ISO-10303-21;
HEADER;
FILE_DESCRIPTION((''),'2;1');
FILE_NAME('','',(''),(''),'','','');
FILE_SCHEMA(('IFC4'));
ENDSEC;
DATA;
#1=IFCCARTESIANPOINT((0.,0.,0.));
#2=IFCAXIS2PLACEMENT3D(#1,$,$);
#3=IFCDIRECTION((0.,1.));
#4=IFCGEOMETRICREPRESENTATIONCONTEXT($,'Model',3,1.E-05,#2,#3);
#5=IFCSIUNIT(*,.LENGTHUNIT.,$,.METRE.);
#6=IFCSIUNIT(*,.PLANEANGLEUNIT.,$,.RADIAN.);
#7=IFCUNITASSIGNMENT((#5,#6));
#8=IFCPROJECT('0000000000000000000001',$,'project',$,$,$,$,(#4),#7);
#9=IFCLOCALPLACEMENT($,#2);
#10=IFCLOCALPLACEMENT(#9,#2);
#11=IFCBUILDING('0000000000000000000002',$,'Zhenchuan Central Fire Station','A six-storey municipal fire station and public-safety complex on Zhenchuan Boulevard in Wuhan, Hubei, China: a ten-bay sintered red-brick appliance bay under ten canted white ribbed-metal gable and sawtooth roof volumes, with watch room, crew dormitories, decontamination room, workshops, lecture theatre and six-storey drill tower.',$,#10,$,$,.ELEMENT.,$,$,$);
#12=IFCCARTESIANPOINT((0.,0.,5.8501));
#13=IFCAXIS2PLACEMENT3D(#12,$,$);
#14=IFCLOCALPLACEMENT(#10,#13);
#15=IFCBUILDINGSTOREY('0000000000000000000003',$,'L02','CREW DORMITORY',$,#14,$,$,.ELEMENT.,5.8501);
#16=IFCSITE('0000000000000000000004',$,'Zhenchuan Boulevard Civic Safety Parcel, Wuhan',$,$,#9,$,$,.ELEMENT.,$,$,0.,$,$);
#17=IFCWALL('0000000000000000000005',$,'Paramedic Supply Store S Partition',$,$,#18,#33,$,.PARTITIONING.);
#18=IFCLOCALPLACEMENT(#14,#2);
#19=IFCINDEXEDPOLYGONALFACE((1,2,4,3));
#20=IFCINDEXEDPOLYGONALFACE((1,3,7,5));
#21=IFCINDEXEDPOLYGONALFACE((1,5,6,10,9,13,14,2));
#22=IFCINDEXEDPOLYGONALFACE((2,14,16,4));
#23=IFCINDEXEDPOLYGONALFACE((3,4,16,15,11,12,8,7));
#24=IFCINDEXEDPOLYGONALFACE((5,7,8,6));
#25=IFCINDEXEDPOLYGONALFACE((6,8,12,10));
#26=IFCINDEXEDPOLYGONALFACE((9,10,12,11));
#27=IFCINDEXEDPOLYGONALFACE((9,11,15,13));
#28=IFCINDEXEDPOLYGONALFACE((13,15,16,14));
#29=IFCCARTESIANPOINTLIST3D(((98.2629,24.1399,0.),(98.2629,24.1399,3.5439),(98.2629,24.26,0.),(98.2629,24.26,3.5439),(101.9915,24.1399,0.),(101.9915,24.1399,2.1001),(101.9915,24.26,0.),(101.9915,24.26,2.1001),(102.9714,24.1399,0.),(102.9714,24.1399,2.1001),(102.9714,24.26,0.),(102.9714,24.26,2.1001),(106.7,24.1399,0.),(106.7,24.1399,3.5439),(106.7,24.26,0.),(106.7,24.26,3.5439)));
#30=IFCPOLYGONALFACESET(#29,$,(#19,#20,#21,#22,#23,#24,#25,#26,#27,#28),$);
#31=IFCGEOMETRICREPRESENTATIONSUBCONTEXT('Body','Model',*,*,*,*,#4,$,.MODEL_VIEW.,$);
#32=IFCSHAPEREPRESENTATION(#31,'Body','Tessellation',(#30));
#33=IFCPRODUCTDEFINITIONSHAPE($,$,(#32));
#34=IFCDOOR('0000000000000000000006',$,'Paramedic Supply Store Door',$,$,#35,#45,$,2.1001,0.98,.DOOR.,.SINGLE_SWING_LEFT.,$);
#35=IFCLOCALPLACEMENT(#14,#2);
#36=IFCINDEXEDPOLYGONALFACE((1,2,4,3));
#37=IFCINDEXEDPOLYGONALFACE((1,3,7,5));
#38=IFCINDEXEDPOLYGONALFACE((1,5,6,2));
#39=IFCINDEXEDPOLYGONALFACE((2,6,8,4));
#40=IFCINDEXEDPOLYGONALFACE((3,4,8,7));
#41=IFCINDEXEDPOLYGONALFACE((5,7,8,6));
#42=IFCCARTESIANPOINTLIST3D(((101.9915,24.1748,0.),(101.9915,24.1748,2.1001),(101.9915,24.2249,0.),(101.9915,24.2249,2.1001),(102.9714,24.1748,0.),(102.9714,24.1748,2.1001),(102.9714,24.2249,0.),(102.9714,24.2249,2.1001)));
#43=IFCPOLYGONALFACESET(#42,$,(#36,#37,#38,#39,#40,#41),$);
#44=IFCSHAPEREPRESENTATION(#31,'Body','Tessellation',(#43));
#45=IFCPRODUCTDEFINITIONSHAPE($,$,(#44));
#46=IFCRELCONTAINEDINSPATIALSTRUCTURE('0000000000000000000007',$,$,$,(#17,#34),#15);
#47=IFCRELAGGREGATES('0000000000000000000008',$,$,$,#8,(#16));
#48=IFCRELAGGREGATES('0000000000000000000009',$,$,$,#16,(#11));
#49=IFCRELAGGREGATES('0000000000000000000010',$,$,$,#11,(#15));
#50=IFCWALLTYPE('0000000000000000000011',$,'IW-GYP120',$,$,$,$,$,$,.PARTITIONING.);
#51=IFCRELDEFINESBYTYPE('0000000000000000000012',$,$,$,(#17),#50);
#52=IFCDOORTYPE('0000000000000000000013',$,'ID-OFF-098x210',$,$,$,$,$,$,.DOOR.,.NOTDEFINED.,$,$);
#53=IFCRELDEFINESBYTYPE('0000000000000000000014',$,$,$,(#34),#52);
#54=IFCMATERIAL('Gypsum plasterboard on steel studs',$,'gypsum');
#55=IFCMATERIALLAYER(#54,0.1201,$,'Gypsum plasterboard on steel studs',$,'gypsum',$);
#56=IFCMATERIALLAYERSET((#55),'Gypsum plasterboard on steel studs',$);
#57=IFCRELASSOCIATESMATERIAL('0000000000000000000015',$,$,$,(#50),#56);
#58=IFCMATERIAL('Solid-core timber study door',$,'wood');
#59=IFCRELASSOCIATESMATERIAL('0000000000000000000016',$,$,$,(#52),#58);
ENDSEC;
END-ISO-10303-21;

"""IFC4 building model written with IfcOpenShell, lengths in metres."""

from ifc_helpers import new_model, si_unit, direction, frame, frame_2d, origin, place, context, subcontext, project, spatial, rectangle, extrude, material, layer, layer_set, type_object, element, fill, save


model = new_model("IFC4")

# Units and contexts
model_context = context("Model", 3, precision=1e-05, world=origin(), true_north=direction((0.0, 1.0)))
body_context = subcontext(model_context, "Body", "Model", "MODEL_VIEW")
ifc_project = project(units=[si_unit("LENGTHUNIT", "METRE"), si_unit("PLANEANGLEUNIT", "RADIAN")], contexts=[model_context])

# Site, building, storey
site_placement = place(None, origin())
site = spatial("IfcSite", under=ifc_project, at=site_placement, Name="Zhenchuan Boulevard Civic Safety Parcel, Wuhan", CompositionType="ELEMENT", RefElevation=0.0)
building_placement = place(site_placement, origin())
building = spatial("IfcBuilding", under=site, at=building_placement, Name="Zhenchuan Central Fire Station", Description="A six-storey municipal fire station and public-safety complex on Zhenchuan Boulevard in Wuhan, Hubei, China: a ten-bay sintered red-brick appliance bay under ten canted white ribbed-metal gable and sawtooth roof volumes, with watch room, crew dormitories, decontamination room, workshops, lecture theatre and six-storey drill tower.", CompositionType="ELEMENT")
storey_placement = place(building_placement, frame((0.0, 0.0, 5.8501)))
storey = spatial("IfcBuildingStorey", under=building, at=storey_placement, Name="L02", Description="CREW DORMITORY", CompositionType="ELEMENT", Elevation=5.8501)

# Shared definitions
ifc_material_1 = material(Name="Gypsum plasterboard on steel studs", Category="gypsum")

# Shared definitions
ifc_layer_1 = layer(ifc_material_1, 0.1201, Name="Gypsum plasterboard on steel studs", Category="gypsum")
ifc_layer_set_1 = layer_set([ifc_layer_1], Name="Gypsum plasterboard on steel studs")
wall_type_1 = type_object("IfcWallType", Name="IW-GYP120", PredefinedType="PARTITIONING", material=ifc_layer_set_1)

# Wall, opening, door
wall_1_placement = place(storey_placement, frame((98.2629, 24.2, 0.0), z_axis=(0.0, 0.0, 1.0), x_axis=(1.0, 0.0, 0.0)))
wall_1 = element("IfcWall", 1, at=wall_1_placement, inside=storey, type_object=wall_type_1, Name="Paramedic Supply Store S Partition", PredefinedType="PARTITIONING", context=body_context, shape_type="SweptSolid", body=[
    extrude(rectangle(XDim=8.437, YDim=0.1201, at=frame_2d((4.2185, 0.0))), origin(), (0.0, 0.0, 1.0), 3.5439),
])
opening_1_placement = place(wall_1_placement, frame((3.7285, 0.0, 0.0)))
opening_1 = element("IfcOpeningElement", 2, at=opening_1_placement, cuts=wall_1, PredefinedType="OPENING", context=body_context, shape_type="SweptSolid", body=[
    extrude(rectangle(XDim=0.98, YDim=2.1001, at=frame_2d((0.49, 1.05))), frame((0.0, 0.0701, 0.0), z_axis=(0.0, -1.0, 0.0), x_axis=(1.0, 0.0, 0.0)), (0.0, 0.0, 1.0), 0.1401),
])
ifc_material_2 = material(Name="Solid-core timber study door", Category="wood")
door_type_1 = type_object("IfcDoorType", Name="ID-OFF-098x210", OperationType="NOTDEFINED", PredefinedType="DOOR", material=ifc_material_2)
door_1_placement = place(opening_1_placement, origin())
door_1 = element("IfcDoor", 3, at=door_1_placement, inside=storey, type_object=door_type_1, Name="Paramedic Supply Store Door", OperationType="SINGLE_SWING_LEFT", OverallHeight=2.1001, OverallWidth=0.98, PredefinedType="DOOR", context=body_context, shape_type="SweptSolid", body=[
    extrude(rectangle(XDim=0.98, YDim=2.1001, at=frame_2d((0.49, 1.05))), frame((0.0, 0.0249, 0.0), z_axis=(0.0, -1.0, 0.0), x_axis=(1.0, 0.0, 0.0)), (0.0, 0.0, 1.0), 0.05),
])
fill(opening_1, door_1)

save(model, "model.ifc")
